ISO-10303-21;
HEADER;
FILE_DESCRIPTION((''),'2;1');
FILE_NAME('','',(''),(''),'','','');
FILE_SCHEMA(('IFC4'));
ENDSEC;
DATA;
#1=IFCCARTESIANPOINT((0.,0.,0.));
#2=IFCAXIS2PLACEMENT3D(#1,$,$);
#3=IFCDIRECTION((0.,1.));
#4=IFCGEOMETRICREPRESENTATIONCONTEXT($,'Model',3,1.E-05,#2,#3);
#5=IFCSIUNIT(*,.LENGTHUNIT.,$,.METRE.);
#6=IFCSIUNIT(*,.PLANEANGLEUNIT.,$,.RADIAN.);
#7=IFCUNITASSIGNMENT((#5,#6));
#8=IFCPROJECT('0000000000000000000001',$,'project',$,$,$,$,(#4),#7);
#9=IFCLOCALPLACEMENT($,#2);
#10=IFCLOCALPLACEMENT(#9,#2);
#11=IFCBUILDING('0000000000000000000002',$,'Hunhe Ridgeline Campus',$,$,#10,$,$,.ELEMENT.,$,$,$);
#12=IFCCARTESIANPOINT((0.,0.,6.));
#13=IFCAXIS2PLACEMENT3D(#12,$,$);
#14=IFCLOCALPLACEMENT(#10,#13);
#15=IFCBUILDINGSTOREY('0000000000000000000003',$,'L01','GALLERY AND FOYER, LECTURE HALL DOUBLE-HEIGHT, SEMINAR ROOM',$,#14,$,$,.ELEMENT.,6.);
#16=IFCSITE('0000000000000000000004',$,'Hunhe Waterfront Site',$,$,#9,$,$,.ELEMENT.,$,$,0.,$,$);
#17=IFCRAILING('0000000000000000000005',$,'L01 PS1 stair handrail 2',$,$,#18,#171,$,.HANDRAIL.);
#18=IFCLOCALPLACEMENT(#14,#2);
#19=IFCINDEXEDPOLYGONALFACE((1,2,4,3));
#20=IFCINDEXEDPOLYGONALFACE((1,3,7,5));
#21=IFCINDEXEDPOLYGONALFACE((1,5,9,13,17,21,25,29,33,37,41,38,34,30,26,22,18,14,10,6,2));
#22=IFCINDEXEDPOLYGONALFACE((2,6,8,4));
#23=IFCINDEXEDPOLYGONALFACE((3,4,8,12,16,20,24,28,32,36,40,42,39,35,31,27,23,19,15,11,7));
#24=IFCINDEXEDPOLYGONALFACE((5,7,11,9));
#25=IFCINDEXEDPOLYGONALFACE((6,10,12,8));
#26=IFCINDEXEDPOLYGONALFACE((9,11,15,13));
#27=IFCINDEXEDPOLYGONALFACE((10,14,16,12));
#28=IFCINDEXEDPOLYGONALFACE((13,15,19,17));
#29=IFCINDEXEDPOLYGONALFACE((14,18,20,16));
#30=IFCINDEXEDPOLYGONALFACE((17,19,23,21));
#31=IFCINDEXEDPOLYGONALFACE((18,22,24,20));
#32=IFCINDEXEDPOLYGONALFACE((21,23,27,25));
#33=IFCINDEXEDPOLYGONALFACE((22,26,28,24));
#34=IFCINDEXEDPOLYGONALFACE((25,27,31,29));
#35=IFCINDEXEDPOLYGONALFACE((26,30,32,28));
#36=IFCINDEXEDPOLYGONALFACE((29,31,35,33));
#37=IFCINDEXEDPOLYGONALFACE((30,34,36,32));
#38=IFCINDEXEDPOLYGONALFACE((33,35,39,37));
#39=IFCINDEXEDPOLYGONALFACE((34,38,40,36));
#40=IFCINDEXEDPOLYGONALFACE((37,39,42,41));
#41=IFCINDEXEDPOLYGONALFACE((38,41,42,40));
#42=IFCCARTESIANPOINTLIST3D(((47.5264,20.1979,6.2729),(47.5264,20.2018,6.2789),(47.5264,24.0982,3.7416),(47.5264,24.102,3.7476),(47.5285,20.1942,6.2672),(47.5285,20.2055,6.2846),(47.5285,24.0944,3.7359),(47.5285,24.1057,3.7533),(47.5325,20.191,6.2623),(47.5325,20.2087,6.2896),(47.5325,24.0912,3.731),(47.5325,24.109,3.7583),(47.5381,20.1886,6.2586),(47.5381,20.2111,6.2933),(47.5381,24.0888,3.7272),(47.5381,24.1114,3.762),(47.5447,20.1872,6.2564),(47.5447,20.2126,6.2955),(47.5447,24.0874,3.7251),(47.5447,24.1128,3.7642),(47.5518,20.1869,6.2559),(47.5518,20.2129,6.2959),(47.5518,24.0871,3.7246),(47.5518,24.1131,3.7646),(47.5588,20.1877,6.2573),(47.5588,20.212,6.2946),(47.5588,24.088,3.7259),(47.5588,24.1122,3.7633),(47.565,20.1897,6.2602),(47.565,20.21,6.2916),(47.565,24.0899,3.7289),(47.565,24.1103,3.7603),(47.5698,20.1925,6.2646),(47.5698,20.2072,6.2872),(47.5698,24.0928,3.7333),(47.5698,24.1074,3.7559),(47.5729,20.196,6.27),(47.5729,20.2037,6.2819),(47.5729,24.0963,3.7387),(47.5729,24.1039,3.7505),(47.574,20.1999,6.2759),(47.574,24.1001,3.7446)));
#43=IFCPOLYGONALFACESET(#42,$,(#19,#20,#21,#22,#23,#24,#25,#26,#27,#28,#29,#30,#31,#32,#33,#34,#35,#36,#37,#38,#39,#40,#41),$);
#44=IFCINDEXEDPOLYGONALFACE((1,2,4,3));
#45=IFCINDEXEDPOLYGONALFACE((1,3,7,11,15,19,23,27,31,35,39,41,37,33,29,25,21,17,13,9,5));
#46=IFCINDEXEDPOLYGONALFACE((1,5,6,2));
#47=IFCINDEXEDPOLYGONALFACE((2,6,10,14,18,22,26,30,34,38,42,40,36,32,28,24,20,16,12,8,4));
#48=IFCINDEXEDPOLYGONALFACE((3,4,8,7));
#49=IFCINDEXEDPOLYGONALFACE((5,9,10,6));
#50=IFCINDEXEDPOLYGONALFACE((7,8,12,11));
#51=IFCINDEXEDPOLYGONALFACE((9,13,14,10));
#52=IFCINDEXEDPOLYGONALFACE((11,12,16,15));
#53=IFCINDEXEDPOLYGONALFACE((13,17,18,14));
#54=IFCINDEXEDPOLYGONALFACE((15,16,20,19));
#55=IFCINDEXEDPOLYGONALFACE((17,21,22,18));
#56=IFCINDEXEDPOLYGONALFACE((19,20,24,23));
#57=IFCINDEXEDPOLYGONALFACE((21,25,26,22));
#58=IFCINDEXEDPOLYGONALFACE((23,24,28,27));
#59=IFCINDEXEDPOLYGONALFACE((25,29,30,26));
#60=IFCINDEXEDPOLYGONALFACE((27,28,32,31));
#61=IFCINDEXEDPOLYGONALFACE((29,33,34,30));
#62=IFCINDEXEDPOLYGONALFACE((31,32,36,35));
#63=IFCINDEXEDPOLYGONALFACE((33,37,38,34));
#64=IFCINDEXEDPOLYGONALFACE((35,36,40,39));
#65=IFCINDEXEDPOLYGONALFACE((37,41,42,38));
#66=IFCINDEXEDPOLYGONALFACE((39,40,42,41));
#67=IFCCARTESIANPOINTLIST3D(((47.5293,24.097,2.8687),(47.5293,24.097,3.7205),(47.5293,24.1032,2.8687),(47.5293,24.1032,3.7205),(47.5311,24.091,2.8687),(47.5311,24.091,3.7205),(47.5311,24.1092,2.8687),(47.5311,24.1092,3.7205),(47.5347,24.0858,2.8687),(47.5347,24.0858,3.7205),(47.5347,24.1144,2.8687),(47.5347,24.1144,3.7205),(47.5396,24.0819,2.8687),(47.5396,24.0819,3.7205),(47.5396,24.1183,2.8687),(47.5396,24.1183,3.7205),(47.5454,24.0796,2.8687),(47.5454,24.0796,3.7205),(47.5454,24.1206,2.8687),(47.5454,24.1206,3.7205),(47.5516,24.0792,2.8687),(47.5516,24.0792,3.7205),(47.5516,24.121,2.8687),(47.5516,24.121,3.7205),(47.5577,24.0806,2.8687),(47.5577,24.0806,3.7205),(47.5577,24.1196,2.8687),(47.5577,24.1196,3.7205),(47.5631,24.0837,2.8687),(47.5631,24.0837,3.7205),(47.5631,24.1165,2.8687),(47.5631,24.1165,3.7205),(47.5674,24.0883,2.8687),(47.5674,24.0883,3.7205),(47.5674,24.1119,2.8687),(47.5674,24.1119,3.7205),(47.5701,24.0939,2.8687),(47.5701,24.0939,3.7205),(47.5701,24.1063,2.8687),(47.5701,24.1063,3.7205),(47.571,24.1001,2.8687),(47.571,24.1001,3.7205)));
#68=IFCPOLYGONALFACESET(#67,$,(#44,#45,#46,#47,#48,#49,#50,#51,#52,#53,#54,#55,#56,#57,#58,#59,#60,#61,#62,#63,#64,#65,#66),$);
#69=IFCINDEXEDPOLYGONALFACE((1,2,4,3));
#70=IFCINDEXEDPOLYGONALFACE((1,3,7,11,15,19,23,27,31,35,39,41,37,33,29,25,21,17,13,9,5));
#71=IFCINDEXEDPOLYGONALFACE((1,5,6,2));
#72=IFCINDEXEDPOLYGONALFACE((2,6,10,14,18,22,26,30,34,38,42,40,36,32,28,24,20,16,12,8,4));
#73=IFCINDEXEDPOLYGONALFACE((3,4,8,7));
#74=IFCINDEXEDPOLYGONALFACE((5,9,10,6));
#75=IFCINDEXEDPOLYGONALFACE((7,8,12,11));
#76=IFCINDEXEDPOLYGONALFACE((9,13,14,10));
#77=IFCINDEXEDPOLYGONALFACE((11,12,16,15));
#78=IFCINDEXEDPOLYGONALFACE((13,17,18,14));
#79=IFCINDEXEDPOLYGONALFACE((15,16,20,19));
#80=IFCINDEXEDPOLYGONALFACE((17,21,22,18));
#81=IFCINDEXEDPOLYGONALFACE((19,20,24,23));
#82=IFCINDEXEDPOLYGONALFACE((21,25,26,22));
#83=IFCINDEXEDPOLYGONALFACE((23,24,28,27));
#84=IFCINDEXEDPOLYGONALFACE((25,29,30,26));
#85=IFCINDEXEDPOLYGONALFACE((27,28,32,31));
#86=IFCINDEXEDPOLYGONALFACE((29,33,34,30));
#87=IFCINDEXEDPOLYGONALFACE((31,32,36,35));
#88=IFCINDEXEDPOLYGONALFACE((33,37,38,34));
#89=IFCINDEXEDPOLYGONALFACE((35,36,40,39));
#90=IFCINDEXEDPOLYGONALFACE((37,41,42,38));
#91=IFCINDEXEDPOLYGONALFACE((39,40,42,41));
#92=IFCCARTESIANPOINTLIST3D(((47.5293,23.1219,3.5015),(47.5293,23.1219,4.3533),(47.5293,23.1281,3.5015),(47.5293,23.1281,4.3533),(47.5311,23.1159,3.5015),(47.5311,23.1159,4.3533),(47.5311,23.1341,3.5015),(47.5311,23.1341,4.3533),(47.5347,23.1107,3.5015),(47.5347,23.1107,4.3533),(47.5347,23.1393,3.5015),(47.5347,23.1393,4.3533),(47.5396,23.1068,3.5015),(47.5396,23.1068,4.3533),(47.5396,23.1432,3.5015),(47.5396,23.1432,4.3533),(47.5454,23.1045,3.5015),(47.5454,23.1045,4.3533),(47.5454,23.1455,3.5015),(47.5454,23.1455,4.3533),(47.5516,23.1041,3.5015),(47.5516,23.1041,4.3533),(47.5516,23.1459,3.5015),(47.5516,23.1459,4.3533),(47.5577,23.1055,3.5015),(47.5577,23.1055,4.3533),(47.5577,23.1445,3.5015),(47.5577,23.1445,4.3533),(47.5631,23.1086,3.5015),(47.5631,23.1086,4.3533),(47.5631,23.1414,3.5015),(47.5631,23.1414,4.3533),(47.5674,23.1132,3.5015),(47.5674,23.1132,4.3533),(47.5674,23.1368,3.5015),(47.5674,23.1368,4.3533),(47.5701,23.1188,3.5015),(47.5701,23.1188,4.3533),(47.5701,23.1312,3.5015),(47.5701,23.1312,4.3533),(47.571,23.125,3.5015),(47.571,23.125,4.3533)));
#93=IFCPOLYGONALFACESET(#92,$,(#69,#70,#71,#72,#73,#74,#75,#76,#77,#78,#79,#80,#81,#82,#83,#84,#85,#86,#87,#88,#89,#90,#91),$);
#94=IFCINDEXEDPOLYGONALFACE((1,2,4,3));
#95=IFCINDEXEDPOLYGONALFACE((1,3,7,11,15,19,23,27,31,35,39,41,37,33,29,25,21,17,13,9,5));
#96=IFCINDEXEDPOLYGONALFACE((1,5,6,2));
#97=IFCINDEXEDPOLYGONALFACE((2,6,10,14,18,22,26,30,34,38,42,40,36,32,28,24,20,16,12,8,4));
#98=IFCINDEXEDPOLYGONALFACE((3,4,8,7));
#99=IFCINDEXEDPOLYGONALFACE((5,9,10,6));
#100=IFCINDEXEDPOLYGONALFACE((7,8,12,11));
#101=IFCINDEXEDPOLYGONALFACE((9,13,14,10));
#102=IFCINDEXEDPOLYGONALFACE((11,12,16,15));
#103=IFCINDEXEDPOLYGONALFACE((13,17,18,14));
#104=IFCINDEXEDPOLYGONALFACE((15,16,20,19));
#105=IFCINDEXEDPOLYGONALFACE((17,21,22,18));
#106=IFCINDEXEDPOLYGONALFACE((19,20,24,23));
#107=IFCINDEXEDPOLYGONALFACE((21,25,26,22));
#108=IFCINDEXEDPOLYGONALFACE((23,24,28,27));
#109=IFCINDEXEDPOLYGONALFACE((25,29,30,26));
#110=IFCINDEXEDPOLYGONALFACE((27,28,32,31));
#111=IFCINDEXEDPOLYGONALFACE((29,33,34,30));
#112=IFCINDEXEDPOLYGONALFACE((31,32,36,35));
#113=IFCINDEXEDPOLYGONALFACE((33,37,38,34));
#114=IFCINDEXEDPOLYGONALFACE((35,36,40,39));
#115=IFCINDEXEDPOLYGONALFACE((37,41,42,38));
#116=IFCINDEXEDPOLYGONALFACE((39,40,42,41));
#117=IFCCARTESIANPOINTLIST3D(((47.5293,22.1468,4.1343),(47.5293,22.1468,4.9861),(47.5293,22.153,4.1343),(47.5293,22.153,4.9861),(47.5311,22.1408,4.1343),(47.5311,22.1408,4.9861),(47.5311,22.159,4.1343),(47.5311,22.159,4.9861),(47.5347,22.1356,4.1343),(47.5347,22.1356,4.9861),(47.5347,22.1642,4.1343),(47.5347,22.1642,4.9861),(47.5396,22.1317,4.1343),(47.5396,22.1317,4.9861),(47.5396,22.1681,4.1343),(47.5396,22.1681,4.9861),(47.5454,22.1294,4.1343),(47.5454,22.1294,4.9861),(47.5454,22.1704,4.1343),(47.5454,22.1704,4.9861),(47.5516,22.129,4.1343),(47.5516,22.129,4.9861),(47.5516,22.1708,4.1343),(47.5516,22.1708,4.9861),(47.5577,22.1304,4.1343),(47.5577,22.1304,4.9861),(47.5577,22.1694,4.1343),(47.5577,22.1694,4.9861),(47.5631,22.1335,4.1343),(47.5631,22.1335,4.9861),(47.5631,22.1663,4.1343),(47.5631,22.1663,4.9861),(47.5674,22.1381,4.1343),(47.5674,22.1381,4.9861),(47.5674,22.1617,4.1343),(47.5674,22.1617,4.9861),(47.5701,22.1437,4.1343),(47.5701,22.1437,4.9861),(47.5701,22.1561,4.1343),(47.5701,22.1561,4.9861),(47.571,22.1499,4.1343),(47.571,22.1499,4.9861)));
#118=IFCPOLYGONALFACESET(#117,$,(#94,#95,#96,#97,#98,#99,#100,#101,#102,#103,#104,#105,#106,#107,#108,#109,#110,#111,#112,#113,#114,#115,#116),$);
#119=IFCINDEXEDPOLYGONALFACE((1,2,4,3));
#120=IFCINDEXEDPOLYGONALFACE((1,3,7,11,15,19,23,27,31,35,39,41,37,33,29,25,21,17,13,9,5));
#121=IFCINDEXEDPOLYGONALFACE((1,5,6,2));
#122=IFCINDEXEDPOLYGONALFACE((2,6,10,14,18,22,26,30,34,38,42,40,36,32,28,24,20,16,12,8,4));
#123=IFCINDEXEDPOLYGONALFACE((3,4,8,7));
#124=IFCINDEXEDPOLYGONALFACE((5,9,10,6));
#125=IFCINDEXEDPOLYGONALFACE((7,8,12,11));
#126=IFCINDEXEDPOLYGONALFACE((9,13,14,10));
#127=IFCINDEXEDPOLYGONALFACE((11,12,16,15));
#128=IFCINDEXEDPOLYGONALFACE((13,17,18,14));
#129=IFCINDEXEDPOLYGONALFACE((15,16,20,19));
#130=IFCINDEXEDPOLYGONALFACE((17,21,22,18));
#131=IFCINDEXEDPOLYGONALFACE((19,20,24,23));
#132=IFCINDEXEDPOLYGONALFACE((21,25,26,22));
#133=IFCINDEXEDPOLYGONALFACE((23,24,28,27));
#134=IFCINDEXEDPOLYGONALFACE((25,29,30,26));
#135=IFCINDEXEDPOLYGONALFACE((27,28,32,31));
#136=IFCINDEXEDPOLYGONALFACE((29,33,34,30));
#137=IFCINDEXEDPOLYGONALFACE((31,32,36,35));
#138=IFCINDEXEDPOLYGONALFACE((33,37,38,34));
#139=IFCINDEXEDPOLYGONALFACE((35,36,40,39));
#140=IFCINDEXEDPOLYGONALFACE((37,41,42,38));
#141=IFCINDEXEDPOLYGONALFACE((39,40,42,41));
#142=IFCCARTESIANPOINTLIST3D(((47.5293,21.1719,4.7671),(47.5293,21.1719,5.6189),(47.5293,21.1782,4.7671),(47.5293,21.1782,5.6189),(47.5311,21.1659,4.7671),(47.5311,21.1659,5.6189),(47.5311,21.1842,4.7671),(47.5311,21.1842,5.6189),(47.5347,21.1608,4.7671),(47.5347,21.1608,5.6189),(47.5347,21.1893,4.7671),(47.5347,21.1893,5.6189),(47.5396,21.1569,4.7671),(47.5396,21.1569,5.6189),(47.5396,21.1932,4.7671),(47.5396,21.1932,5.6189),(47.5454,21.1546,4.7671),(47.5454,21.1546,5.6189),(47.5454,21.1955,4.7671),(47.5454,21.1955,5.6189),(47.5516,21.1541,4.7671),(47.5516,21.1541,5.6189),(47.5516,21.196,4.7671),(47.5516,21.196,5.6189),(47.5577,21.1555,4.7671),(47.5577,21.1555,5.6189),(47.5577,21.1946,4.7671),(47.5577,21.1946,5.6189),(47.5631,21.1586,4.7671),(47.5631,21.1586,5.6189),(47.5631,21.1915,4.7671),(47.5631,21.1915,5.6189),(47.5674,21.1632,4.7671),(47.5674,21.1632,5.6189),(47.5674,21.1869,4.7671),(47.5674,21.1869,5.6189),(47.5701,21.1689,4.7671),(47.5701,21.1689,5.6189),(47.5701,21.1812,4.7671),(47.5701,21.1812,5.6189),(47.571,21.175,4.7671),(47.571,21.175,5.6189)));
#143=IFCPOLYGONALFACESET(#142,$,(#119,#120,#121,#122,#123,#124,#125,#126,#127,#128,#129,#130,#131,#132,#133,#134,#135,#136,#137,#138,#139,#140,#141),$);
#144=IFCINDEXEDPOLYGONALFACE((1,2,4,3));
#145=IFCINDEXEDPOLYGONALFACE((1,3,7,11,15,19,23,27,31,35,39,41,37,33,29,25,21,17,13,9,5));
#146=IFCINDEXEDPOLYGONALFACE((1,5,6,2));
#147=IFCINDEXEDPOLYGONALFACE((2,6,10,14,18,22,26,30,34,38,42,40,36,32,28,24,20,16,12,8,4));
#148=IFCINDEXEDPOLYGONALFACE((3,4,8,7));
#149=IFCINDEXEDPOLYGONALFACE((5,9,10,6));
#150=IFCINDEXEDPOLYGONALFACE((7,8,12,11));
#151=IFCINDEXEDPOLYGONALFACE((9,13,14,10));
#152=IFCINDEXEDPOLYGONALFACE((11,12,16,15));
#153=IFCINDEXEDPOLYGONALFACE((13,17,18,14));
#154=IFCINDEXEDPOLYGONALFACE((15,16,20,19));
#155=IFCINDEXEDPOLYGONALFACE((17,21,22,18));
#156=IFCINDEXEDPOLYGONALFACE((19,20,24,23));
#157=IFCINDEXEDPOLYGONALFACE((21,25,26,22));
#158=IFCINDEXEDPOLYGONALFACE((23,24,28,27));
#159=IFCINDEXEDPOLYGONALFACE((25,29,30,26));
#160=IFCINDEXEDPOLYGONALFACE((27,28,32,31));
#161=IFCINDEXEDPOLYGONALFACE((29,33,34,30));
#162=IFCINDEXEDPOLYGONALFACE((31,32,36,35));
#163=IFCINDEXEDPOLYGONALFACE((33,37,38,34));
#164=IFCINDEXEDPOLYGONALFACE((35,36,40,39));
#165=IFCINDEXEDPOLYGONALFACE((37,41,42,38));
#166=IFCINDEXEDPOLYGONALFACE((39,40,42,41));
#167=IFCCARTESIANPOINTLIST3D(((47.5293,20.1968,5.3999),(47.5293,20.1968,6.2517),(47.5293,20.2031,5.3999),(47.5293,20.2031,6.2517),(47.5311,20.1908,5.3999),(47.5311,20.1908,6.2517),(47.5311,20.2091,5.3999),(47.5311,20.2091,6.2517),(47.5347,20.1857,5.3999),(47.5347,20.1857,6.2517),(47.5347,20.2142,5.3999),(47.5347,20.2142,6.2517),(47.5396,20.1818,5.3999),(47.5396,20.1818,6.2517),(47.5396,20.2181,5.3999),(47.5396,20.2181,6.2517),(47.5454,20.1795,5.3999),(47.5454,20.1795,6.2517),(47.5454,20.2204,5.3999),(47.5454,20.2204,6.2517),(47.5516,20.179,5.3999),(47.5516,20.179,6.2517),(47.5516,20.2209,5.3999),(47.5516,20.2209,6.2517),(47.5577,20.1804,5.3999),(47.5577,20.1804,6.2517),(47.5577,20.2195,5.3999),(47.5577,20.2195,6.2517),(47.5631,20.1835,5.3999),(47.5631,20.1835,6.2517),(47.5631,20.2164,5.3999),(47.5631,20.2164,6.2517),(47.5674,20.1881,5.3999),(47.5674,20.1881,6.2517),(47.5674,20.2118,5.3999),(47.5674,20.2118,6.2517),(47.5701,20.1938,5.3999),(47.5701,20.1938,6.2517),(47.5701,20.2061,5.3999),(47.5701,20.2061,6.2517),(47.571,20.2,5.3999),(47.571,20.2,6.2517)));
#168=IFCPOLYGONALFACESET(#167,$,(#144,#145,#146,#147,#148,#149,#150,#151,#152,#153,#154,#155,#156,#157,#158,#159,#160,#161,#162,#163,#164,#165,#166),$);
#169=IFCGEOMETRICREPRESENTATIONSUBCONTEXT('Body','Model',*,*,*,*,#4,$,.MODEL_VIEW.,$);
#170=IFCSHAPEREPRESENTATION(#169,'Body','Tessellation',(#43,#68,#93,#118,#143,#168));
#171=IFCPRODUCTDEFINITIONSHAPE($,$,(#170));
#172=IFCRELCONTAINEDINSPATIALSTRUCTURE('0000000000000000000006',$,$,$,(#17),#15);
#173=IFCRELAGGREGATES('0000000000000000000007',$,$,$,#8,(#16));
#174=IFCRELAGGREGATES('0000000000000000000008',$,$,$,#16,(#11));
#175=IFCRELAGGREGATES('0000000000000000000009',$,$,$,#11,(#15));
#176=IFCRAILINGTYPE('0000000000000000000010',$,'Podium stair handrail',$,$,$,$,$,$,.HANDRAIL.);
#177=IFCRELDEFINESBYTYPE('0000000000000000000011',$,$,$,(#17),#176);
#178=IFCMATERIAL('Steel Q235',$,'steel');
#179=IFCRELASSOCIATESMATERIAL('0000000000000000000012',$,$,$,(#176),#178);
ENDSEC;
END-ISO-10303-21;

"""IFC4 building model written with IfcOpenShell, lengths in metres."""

from ifc_helpers import new_model, si_unit, direction, frame, origin, origin_2d, place, context, subcontext, project, spatial, circle, extrude, material, type_object, element, save


model = new_model("IFC4")

# Units and contexts
model_context = context("Model", 3, precision=1e-05, world=origin(), true_north=direction((0.0, 1.0)))
body_context = subcontext(model_context, "Body", "Model", "MODEL_VIEW")
ifc_project = project(units=[si_unit("LENGTHUNIT", "METRE"), si_unit("PLANEANGLEUNIT", "RADIAN")], contexts=[model_context])

# Site, building, storey
site_placement = place(None, origin())
site = spatial("IfcSite", under=ifc_project, at=site_placement, Name="Hunhe Waterfront Site", CompositionType="ELEMENT", RefElevation=0.0)
building_placement = place(site_placement, origin())
building = spatial("IfcBuilding", under=site, at=building_placement, Name="Hunhe Ridgeline Campus", CompositionType="ELEMENT")
storey_placement = place(building_placement, frame((0.0, 0.0, 6.0)))
storey = spatial("IfcBuildingStorey", under=building, at=storey_placement, Name="L01", Description="GALLERY AND FOYER, LECTURE HALL DOUBLE-HEIGHT, SEMINAR ROOM", CompositionType="ELEMENT", Elevation=6.0)

# Shared definitions
ifc_material_1 = material(Name="Steel Q235", Category="steel")

# Railing
railing_type_1 = type_object("IfcRailingType", Name="Podium stair handrail", PredefinedType="HANDRAIL", material=ifc_material_1)
railing_1_placement = place(storey_placement, frame((47.55, 24.1001, 2.8687)))
element("IfcRailing", 1, at=railing_1_placement, inside=storey, type_object=railing_type_1, Name="L01 PS1 stair handrail 2", PredefinedType="HANDRAIL", context=body_context, shape_type="SweptSolid", body=[
    extrude(circle(Radius=0.0239, at=origin_2d()), frame((0.0, 0.0, 0.876), z_axis=(0.0, -0.838821, 0.544407), x_axis=(1.0, 0.0, 0.0)), (0.0, 0.0, 1.0), 4.6497),
    extrude(circle(Radius=0.021, at=origin_2d()), origin(), (0.0, 0.0, 1.0), 0.8518),
    extrude(circle(Radius=0.021, at=origin_2d()), frame((0.0, -0.9751, 0.6328)), (0.0, 0.0, 1.0), 0.8518),
    extrude(circle(Radius=0.021, at=origin_2d()), frame((0.0, -1.9502, 1.2656)), (0.0, 0.0, 1.0), 0.8518),
    extrude(circle(Radius=0.021, at=origin_2d()), frame((0.0, -2.925, 1.8984)), (0.0, 0.0, 1.0), 0.8518),
    extrude(circle(Radius=0.021, at=origin_2d()), frame((0.0, -3.9001, 2.5312)), (0.0, 0.0, 1.0), 0.8518),
])

save(model, "model.ifc")
